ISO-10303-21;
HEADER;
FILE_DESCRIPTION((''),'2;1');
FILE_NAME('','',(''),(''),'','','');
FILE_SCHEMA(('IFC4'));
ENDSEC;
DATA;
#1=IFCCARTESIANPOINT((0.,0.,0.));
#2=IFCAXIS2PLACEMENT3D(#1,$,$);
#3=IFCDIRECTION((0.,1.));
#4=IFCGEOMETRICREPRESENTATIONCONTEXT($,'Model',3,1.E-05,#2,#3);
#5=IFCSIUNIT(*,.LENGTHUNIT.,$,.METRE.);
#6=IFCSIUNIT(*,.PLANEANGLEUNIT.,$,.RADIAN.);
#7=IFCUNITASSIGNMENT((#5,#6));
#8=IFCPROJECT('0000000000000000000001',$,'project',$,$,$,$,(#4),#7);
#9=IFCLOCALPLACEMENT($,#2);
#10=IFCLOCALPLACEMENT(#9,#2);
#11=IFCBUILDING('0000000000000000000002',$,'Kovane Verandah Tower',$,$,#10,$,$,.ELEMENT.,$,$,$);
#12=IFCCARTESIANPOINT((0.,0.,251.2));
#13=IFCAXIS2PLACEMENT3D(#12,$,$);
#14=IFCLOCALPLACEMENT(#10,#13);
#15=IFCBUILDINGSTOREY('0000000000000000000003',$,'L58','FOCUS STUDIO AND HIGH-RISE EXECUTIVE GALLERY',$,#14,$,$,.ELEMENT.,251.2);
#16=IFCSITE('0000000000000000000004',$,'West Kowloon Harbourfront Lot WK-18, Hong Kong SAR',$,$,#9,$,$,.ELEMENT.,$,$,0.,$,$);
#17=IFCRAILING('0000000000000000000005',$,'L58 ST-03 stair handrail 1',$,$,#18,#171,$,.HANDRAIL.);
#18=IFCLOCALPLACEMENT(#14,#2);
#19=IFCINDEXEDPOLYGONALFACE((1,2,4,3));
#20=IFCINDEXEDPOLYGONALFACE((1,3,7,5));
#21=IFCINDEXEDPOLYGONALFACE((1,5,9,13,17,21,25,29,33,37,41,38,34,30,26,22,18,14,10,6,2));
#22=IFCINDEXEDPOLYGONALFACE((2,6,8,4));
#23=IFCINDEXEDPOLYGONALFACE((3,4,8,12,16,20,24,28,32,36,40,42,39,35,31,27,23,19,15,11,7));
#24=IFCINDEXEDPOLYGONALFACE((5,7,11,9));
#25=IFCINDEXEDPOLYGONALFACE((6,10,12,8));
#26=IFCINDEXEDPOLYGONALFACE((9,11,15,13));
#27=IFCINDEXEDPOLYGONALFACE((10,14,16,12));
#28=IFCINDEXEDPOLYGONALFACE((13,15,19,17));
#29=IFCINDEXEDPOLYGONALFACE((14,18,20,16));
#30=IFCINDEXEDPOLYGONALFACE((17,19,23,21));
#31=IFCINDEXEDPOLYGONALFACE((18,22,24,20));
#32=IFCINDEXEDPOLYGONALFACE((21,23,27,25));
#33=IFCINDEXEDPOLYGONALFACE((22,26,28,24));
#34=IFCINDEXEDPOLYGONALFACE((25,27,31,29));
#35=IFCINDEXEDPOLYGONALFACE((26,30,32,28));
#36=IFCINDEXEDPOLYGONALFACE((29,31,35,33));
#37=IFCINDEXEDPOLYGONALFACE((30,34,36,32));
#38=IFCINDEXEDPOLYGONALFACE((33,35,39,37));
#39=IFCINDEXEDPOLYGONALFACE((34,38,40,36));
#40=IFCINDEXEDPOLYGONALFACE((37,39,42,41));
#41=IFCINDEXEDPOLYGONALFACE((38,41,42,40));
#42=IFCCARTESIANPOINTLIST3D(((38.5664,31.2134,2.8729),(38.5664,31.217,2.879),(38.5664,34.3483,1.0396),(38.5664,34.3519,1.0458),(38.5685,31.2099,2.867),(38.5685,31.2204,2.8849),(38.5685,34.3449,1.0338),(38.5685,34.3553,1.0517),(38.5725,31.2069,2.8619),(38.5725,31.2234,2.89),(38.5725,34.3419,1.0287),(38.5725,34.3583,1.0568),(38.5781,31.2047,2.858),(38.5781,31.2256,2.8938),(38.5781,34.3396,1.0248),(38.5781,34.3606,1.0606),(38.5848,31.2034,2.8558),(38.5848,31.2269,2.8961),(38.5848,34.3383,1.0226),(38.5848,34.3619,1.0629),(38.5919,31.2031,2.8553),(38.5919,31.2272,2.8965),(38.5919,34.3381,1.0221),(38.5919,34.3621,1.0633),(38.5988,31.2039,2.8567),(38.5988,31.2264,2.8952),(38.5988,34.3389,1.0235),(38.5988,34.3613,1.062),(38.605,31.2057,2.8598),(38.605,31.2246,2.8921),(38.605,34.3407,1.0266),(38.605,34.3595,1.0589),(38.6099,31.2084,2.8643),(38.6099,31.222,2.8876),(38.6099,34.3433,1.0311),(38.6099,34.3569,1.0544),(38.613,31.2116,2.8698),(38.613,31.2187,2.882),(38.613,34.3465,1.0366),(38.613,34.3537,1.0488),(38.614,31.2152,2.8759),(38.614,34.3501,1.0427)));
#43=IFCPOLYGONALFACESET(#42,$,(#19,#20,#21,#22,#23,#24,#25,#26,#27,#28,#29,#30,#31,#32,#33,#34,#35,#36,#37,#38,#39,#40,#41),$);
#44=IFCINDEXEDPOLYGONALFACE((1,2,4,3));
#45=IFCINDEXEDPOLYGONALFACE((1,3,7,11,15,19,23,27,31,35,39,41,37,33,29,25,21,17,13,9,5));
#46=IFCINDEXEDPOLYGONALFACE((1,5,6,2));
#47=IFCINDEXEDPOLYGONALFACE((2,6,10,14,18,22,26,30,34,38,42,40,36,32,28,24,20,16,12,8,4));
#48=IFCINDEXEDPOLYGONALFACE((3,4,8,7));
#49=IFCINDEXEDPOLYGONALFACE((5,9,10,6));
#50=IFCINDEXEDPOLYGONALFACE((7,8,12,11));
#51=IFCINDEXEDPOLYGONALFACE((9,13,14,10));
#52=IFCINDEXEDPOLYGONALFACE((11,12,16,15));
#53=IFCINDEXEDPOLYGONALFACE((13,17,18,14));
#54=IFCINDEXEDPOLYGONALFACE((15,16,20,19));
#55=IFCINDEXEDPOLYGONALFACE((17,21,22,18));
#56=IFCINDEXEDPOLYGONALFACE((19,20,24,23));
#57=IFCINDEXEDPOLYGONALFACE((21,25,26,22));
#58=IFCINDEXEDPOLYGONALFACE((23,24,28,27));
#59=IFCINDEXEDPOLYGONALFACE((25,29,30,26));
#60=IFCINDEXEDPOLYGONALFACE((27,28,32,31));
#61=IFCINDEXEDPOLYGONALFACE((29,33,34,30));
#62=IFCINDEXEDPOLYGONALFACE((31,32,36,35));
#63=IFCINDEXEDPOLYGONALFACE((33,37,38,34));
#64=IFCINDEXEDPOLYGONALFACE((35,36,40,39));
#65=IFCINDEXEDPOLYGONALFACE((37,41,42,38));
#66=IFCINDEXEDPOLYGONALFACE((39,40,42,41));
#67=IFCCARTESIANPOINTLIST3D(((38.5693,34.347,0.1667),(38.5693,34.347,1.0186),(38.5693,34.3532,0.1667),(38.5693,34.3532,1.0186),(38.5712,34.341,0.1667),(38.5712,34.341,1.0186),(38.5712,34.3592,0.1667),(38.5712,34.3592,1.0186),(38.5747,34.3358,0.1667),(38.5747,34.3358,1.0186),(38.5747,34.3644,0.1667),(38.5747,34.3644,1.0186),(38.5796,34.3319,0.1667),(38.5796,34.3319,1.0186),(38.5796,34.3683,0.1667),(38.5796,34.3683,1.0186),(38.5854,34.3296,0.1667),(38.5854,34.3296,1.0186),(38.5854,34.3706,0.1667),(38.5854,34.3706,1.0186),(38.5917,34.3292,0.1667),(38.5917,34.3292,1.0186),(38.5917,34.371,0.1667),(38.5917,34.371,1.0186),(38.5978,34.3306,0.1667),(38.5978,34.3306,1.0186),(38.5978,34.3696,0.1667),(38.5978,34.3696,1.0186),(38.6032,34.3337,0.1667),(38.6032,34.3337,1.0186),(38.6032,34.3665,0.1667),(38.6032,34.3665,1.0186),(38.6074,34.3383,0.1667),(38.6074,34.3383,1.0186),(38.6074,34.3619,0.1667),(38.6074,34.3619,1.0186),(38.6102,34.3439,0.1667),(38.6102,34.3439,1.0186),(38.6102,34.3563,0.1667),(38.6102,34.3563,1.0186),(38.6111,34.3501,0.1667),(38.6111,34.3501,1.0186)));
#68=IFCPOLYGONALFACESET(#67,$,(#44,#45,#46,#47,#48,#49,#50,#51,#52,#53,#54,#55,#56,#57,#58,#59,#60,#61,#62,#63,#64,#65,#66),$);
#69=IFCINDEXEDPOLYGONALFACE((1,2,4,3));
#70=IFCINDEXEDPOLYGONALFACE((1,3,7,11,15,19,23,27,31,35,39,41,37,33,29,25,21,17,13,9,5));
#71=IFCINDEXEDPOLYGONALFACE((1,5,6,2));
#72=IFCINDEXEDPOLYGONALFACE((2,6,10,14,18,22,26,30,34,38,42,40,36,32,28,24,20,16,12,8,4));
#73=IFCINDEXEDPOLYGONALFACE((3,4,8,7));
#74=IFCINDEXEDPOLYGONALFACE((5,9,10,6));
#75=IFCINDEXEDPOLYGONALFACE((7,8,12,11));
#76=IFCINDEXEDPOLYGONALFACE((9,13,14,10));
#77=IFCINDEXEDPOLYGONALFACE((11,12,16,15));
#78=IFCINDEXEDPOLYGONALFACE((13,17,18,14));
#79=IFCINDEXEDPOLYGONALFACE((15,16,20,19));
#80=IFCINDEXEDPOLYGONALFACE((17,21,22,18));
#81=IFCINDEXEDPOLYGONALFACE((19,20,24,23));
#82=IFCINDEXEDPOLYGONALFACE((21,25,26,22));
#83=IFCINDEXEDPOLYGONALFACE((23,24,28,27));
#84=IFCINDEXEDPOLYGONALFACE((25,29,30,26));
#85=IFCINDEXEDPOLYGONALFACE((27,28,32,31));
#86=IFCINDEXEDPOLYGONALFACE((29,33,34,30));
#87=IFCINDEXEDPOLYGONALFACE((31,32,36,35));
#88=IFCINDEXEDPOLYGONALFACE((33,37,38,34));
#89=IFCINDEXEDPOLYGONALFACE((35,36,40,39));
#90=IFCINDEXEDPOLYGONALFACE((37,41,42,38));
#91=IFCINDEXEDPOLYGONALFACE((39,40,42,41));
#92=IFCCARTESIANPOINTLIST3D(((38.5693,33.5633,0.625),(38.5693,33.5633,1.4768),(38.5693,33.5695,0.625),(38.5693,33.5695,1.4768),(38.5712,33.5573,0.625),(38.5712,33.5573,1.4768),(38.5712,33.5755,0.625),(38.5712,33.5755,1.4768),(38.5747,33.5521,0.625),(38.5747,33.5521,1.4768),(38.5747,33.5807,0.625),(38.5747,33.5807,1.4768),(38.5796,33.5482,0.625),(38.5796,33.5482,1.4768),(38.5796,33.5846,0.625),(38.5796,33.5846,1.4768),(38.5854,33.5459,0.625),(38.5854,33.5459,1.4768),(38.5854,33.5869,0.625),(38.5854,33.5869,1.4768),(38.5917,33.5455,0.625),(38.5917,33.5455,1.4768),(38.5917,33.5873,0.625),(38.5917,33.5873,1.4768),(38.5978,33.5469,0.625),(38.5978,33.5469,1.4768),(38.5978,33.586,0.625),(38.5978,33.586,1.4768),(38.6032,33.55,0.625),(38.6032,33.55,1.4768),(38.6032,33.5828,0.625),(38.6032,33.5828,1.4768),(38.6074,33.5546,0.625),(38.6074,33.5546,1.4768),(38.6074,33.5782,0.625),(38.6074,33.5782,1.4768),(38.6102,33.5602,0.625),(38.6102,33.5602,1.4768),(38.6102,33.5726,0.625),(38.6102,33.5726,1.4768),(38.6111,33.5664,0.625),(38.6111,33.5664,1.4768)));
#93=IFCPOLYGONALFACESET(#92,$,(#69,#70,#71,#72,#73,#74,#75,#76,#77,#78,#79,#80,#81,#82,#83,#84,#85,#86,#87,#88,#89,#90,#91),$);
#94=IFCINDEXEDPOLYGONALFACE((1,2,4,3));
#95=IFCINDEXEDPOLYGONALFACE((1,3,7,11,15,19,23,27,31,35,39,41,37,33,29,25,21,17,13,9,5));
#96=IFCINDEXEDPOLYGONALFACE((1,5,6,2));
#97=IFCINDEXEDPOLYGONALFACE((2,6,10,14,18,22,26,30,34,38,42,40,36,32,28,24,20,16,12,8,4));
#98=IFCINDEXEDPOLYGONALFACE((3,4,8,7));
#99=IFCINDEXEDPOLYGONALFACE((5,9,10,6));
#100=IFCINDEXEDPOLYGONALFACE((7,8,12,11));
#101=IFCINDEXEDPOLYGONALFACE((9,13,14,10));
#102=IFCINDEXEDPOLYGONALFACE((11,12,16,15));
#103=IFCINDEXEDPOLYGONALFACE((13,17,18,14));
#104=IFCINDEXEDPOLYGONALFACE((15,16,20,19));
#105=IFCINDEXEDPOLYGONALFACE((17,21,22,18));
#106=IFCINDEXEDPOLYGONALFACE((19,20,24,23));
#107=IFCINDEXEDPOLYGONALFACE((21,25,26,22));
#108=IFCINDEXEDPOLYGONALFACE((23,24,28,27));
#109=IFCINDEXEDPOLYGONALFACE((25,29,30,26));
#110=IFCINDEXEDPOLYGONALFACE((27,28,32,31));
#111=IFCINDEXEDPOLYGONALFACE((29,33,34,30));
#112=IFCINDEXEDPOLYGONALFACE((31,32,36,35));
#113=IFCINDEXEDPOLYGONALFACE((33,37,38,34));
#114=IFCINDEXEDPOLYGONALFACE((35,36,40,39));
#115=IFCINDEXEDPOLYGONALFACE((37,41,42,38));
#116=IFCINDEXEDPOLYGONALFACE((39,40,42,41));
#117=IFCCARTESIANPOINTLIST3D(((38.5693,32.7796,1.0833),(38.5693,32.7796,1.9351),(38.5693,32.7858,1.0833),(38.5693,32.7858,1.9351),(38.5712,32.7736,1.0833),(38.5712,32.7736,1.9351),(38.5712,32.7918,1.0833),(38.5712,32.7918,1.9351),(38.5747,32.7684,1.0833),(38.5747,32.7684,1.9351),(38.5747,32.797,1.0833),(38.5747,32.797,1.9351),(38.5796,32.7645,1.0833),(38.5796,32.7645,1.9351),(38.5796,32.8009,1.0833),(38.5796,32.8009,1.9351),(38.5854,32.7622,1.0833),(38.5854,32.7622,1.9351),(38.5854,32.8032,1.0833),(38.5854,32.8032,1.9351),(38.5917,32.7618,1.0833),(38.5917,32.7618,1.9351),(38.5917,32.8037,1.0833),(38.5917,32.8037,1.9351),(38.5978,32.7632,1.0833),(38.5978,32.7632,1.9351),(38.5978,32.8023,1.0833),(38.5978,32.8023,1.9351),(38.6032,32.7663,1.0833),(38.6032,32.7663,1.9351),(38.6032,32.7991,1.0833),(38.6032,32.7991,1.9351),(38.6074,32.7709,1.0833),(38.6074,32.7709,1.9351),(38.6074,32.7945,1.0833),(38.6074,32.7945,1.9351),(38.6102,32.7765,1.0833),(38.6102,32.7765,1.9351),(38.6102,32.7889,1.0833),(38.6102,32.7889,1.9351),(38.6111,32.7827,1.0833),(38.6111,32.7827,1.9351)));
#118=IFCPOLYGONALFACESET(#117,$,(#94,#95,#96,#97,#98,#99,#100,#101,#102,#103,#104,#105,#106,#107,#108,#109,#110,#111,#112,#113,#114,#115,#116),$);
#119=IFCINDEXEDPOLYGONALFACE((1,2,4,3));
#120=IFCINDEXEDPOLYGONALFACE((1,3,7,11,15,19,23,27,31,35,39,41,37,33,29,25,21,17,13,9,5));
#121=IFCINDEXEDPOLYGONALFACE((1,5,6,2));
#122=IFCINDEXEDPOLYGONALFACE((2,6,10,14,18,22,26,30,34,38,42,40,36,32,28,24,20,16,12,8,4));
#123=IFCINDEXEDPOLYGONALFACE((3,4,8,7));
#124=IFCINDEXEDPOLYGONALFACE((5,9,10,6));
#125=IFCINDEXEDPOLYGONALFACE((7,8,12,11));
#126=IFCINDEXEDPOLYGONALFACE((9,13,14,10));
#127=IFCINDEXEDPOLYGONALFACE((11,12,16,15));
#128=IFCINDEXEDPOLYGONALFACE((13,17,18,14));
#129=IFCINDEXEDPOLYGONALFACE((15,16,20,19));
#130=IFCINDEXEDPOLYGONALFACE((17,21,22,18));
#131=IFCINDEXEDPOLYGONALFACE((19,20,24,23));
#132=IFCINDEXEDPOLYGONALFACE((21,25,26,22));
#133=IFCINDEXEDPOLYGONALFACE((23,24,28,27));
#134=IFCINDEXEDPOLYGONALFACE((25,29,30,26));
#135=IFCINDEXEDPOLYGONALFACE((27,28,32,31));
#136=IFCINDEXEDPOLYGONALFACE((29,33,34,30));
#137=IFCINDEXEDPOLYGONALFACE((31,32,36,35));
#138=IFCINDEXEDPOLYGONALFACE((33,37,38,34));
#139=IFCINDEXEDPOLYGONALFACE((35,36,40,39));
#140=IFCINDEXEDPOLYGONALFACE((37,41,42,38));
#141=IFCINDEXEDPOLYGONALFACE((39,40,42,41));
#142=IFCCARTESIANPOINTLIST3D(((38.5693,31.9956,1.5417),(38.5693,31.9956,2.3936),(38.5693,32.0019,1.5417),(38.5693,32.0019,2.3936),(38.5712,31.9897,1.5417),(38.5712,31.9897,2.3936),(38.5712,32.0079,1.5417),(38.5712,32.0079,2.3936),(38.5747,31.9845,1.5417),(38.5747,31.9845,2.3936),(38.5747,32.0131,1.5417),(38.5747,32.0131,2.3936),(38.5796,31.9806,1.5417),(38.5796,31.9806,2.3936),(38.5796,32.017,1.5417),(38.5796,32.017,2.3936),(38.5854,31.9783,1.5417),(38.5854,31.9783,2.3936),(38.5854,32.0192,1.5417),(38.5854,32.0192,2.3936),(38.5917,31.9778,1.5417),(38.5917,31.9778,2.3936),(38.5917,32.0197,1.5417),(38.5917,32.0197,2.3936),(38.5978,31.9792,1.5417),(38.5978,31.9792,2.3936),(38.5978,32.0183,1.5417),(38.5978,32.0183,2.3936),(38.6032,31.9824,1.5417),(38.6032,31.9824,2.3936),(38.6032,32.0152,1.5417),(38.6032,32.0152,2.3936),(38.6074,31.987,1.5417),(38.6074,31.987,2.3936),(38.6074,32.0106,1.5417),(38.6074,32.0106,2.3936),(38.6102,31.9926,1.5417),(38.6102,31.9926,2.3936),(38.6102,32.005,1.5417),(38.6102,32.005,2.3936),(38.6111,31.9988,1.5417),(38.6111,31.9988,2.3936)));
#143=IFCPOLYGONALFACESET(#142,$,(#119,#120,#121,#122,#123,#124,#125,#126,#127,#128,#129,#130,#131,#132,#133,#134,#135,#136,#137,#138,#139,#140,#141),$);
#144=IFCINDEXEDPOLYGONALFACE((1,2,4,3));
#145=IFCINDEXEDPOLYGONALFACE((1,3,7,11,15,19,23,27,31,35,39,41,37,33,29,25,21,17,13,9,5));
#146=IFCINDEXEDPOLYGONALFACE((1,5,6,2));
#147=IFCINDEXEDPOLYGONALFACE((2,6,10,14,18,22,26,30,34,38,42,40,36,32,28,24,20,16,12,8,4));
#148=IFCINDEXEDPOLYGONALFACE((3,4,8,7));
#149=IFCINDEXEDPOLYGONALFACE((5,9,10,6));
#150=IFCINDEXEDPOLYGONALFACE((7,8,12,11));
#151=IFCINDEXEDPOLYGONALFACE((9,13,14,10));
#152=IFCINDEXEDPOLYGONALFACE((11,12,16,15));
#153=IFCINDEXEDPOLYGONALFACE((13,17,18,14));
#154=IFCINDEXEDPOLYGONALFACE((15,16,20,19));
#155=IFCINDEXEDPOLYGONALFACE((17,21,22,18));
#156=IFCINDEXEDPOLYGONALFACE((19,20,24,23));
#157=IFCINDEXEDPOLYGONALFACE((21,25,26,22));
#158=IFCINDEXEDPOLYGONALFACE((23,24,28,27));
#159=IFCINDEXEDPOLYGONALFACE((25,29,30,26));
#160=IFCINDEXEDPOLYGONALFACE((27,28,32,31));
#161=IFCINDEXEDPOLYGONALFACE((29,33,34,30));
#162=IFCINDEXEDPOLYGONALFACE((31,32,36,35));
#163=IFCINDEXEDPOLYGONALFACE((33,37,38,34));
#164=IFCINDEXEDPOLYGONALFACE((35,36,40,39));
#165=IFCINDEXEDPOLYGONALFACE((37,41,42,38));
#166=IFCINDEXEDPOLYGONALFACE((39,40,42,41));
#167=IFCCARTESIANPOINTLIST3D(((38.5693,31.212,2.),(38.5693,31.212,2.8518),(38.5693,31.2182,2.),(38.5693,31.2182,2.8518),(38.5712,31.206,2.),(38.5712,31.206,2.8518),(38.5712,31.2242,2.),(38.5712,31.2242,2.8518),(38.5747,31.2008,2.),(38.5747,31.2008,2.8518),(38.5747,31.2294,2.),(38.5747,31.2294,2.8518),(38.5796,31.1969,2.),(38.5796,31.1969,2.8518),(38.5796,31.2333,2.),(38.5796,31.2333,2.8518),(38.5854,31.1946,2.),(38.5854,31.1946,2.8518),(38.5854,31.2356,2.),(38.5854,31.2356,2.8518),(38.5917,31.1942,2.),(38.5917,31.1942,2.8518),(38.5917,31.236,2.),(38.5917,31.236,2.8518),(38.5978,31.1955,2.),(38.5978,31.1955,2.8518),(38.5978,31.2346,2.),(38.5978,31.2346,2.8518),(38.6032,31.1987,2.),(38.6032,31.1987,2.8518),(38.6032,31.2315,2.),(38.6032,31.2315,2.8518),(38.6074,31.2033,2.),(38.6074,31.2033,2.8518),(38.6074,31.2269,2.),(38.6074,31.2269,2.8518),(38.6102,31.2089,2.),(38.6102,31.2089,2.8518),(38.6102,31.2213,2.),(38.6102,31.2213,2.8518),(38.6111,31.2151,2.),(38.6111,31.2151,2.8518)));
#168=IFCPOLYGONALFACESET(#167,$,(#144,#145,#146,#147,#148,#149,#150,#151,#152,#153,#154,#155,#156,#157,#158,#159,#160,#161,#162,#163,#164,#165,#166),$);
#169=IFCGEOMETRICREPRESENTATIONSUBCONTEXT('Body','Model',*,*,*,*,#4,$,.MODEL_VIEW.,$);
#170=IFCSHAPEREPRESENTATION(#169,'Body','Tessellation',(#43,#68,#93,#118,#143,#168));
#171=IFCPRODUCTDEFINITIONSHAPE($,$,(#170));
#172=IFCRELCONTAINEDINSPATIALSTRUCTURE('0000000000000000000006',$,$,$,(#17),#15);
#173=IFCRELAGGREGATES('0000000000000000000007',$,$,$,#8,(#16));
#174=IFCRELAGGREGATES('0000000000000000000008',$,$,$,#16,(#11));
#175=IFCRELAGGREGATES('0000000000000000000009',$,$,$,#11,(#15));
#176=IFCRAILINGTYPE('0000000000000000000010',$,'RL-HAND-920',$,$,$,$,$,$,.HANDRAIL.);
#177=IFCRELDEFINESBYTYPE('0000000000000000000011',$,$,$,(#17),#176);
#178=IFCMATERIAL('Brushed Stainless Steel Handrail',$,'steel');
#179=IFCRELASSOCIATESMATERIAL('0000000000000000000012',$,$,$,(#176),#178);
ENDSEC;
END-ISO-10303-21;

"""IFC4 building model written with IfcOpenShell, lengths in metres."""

from ifc_helpers import new_model, si_unit, direction, frame, origin, origin_2d, place, context, subcontext, project, spatial, circle, extrude, material, type_object, element, save


model = new_model("IFC4")

# Units and contexts
model_context = context("Model", 3, precision=1e-05, world=origin(), true_north=direction((0.0, 1.0)))
body_context = subcontext(model_context, "Body", "Model", "MODEL_VIEW")
ifc_project = project(units=[si_unit("LENGTHUNIT", "METRE"), si_unit("PLANEANGLEUNIT", "RADIAN")], contexts=[model_context])

# Site, building, storey
site_placement = place(None, origin())
site = spatial("IfcSite", under=ifc_project, at=site_placement, Name="West Kowloon Harbourfront Lot WK-18, Hong Kong SAR", CompositionType="ELEMENT", RefElevation=0.0)
building_placement = place(site_placement, origin())
building = spatial("IfcBuilding", under=site, at=building_placement, Name="Kovane Verandah Tower", CompositionType="ELEMENT")
storey_placement = place(building_placement, frame((0.0, 0.0, 251.2)))
storey = spatial("IfcBuildingStorey", under=building, at=storey_placement, Name="L58", Description="FOCUS STUDIO AND HIGH-RISE EXECUTIVE GALLERY", CompositionType="ELEMENT", Elevation=251.2)

# Railing
ifc_material_1 = material(Name="Brushed Stainless Steel Handrail", Category="steel")
railing_type_1 = type_object("IfcRailingType", Name="RL-HAND-920", PredefinedType="HANDRAIL", material=ifc_material_1)
railing_1_placement = place(storey_placement, frame((38.5901, 34.3501, 0.1667)))
element("IfcRailing", 1, at=railing_1_placement, inside=storey, type_object=railing_type_1, Name="L58 ST-03 stair handrail 1", PredefinedType="HANDRAIL", context=body_context, shape_type="SweptSolid", body=[
    extrude(circle(Radius=0.0239, at=origin_2d()), frame((0.0, 0.0, 0.876), z_axis=(0.0, -0.86324, 0.504794), x_axis=(1.0, 0.0, 0.0)), (0.0, 0.0, 1.0), 3.6316),
    extrude(circle(Radius=0.021, at=origin_2d()), origin(), (0.0, 0.0, 1.0), 0.8518),
    extrude(circle(Radius=0.021, at=origin_2d()), frame((0.0, -0.7837, 0.4583)), (0.0, 0.0, 1.0), 0.8518),
    extrude(circle(Radius=0.021, at=origin_2d()), frame((0.0, -1.5674, 0.9165)), (0.0, 0.0, 1.0), 0.8518),
    extrude(circle(Radius=0.021, at=origin_2d()), frame((0.0, -2.3513, 1.375)), (0.0, 0.0, 1.0), 0.8518),
    extrude(circle(Radius=0.021, at=origin_2d()), frame((0.0, -3.135, 1.8333)), (0.0, 0.0, 1.0), 0.8518),
])

save(model, "model.ifc")
